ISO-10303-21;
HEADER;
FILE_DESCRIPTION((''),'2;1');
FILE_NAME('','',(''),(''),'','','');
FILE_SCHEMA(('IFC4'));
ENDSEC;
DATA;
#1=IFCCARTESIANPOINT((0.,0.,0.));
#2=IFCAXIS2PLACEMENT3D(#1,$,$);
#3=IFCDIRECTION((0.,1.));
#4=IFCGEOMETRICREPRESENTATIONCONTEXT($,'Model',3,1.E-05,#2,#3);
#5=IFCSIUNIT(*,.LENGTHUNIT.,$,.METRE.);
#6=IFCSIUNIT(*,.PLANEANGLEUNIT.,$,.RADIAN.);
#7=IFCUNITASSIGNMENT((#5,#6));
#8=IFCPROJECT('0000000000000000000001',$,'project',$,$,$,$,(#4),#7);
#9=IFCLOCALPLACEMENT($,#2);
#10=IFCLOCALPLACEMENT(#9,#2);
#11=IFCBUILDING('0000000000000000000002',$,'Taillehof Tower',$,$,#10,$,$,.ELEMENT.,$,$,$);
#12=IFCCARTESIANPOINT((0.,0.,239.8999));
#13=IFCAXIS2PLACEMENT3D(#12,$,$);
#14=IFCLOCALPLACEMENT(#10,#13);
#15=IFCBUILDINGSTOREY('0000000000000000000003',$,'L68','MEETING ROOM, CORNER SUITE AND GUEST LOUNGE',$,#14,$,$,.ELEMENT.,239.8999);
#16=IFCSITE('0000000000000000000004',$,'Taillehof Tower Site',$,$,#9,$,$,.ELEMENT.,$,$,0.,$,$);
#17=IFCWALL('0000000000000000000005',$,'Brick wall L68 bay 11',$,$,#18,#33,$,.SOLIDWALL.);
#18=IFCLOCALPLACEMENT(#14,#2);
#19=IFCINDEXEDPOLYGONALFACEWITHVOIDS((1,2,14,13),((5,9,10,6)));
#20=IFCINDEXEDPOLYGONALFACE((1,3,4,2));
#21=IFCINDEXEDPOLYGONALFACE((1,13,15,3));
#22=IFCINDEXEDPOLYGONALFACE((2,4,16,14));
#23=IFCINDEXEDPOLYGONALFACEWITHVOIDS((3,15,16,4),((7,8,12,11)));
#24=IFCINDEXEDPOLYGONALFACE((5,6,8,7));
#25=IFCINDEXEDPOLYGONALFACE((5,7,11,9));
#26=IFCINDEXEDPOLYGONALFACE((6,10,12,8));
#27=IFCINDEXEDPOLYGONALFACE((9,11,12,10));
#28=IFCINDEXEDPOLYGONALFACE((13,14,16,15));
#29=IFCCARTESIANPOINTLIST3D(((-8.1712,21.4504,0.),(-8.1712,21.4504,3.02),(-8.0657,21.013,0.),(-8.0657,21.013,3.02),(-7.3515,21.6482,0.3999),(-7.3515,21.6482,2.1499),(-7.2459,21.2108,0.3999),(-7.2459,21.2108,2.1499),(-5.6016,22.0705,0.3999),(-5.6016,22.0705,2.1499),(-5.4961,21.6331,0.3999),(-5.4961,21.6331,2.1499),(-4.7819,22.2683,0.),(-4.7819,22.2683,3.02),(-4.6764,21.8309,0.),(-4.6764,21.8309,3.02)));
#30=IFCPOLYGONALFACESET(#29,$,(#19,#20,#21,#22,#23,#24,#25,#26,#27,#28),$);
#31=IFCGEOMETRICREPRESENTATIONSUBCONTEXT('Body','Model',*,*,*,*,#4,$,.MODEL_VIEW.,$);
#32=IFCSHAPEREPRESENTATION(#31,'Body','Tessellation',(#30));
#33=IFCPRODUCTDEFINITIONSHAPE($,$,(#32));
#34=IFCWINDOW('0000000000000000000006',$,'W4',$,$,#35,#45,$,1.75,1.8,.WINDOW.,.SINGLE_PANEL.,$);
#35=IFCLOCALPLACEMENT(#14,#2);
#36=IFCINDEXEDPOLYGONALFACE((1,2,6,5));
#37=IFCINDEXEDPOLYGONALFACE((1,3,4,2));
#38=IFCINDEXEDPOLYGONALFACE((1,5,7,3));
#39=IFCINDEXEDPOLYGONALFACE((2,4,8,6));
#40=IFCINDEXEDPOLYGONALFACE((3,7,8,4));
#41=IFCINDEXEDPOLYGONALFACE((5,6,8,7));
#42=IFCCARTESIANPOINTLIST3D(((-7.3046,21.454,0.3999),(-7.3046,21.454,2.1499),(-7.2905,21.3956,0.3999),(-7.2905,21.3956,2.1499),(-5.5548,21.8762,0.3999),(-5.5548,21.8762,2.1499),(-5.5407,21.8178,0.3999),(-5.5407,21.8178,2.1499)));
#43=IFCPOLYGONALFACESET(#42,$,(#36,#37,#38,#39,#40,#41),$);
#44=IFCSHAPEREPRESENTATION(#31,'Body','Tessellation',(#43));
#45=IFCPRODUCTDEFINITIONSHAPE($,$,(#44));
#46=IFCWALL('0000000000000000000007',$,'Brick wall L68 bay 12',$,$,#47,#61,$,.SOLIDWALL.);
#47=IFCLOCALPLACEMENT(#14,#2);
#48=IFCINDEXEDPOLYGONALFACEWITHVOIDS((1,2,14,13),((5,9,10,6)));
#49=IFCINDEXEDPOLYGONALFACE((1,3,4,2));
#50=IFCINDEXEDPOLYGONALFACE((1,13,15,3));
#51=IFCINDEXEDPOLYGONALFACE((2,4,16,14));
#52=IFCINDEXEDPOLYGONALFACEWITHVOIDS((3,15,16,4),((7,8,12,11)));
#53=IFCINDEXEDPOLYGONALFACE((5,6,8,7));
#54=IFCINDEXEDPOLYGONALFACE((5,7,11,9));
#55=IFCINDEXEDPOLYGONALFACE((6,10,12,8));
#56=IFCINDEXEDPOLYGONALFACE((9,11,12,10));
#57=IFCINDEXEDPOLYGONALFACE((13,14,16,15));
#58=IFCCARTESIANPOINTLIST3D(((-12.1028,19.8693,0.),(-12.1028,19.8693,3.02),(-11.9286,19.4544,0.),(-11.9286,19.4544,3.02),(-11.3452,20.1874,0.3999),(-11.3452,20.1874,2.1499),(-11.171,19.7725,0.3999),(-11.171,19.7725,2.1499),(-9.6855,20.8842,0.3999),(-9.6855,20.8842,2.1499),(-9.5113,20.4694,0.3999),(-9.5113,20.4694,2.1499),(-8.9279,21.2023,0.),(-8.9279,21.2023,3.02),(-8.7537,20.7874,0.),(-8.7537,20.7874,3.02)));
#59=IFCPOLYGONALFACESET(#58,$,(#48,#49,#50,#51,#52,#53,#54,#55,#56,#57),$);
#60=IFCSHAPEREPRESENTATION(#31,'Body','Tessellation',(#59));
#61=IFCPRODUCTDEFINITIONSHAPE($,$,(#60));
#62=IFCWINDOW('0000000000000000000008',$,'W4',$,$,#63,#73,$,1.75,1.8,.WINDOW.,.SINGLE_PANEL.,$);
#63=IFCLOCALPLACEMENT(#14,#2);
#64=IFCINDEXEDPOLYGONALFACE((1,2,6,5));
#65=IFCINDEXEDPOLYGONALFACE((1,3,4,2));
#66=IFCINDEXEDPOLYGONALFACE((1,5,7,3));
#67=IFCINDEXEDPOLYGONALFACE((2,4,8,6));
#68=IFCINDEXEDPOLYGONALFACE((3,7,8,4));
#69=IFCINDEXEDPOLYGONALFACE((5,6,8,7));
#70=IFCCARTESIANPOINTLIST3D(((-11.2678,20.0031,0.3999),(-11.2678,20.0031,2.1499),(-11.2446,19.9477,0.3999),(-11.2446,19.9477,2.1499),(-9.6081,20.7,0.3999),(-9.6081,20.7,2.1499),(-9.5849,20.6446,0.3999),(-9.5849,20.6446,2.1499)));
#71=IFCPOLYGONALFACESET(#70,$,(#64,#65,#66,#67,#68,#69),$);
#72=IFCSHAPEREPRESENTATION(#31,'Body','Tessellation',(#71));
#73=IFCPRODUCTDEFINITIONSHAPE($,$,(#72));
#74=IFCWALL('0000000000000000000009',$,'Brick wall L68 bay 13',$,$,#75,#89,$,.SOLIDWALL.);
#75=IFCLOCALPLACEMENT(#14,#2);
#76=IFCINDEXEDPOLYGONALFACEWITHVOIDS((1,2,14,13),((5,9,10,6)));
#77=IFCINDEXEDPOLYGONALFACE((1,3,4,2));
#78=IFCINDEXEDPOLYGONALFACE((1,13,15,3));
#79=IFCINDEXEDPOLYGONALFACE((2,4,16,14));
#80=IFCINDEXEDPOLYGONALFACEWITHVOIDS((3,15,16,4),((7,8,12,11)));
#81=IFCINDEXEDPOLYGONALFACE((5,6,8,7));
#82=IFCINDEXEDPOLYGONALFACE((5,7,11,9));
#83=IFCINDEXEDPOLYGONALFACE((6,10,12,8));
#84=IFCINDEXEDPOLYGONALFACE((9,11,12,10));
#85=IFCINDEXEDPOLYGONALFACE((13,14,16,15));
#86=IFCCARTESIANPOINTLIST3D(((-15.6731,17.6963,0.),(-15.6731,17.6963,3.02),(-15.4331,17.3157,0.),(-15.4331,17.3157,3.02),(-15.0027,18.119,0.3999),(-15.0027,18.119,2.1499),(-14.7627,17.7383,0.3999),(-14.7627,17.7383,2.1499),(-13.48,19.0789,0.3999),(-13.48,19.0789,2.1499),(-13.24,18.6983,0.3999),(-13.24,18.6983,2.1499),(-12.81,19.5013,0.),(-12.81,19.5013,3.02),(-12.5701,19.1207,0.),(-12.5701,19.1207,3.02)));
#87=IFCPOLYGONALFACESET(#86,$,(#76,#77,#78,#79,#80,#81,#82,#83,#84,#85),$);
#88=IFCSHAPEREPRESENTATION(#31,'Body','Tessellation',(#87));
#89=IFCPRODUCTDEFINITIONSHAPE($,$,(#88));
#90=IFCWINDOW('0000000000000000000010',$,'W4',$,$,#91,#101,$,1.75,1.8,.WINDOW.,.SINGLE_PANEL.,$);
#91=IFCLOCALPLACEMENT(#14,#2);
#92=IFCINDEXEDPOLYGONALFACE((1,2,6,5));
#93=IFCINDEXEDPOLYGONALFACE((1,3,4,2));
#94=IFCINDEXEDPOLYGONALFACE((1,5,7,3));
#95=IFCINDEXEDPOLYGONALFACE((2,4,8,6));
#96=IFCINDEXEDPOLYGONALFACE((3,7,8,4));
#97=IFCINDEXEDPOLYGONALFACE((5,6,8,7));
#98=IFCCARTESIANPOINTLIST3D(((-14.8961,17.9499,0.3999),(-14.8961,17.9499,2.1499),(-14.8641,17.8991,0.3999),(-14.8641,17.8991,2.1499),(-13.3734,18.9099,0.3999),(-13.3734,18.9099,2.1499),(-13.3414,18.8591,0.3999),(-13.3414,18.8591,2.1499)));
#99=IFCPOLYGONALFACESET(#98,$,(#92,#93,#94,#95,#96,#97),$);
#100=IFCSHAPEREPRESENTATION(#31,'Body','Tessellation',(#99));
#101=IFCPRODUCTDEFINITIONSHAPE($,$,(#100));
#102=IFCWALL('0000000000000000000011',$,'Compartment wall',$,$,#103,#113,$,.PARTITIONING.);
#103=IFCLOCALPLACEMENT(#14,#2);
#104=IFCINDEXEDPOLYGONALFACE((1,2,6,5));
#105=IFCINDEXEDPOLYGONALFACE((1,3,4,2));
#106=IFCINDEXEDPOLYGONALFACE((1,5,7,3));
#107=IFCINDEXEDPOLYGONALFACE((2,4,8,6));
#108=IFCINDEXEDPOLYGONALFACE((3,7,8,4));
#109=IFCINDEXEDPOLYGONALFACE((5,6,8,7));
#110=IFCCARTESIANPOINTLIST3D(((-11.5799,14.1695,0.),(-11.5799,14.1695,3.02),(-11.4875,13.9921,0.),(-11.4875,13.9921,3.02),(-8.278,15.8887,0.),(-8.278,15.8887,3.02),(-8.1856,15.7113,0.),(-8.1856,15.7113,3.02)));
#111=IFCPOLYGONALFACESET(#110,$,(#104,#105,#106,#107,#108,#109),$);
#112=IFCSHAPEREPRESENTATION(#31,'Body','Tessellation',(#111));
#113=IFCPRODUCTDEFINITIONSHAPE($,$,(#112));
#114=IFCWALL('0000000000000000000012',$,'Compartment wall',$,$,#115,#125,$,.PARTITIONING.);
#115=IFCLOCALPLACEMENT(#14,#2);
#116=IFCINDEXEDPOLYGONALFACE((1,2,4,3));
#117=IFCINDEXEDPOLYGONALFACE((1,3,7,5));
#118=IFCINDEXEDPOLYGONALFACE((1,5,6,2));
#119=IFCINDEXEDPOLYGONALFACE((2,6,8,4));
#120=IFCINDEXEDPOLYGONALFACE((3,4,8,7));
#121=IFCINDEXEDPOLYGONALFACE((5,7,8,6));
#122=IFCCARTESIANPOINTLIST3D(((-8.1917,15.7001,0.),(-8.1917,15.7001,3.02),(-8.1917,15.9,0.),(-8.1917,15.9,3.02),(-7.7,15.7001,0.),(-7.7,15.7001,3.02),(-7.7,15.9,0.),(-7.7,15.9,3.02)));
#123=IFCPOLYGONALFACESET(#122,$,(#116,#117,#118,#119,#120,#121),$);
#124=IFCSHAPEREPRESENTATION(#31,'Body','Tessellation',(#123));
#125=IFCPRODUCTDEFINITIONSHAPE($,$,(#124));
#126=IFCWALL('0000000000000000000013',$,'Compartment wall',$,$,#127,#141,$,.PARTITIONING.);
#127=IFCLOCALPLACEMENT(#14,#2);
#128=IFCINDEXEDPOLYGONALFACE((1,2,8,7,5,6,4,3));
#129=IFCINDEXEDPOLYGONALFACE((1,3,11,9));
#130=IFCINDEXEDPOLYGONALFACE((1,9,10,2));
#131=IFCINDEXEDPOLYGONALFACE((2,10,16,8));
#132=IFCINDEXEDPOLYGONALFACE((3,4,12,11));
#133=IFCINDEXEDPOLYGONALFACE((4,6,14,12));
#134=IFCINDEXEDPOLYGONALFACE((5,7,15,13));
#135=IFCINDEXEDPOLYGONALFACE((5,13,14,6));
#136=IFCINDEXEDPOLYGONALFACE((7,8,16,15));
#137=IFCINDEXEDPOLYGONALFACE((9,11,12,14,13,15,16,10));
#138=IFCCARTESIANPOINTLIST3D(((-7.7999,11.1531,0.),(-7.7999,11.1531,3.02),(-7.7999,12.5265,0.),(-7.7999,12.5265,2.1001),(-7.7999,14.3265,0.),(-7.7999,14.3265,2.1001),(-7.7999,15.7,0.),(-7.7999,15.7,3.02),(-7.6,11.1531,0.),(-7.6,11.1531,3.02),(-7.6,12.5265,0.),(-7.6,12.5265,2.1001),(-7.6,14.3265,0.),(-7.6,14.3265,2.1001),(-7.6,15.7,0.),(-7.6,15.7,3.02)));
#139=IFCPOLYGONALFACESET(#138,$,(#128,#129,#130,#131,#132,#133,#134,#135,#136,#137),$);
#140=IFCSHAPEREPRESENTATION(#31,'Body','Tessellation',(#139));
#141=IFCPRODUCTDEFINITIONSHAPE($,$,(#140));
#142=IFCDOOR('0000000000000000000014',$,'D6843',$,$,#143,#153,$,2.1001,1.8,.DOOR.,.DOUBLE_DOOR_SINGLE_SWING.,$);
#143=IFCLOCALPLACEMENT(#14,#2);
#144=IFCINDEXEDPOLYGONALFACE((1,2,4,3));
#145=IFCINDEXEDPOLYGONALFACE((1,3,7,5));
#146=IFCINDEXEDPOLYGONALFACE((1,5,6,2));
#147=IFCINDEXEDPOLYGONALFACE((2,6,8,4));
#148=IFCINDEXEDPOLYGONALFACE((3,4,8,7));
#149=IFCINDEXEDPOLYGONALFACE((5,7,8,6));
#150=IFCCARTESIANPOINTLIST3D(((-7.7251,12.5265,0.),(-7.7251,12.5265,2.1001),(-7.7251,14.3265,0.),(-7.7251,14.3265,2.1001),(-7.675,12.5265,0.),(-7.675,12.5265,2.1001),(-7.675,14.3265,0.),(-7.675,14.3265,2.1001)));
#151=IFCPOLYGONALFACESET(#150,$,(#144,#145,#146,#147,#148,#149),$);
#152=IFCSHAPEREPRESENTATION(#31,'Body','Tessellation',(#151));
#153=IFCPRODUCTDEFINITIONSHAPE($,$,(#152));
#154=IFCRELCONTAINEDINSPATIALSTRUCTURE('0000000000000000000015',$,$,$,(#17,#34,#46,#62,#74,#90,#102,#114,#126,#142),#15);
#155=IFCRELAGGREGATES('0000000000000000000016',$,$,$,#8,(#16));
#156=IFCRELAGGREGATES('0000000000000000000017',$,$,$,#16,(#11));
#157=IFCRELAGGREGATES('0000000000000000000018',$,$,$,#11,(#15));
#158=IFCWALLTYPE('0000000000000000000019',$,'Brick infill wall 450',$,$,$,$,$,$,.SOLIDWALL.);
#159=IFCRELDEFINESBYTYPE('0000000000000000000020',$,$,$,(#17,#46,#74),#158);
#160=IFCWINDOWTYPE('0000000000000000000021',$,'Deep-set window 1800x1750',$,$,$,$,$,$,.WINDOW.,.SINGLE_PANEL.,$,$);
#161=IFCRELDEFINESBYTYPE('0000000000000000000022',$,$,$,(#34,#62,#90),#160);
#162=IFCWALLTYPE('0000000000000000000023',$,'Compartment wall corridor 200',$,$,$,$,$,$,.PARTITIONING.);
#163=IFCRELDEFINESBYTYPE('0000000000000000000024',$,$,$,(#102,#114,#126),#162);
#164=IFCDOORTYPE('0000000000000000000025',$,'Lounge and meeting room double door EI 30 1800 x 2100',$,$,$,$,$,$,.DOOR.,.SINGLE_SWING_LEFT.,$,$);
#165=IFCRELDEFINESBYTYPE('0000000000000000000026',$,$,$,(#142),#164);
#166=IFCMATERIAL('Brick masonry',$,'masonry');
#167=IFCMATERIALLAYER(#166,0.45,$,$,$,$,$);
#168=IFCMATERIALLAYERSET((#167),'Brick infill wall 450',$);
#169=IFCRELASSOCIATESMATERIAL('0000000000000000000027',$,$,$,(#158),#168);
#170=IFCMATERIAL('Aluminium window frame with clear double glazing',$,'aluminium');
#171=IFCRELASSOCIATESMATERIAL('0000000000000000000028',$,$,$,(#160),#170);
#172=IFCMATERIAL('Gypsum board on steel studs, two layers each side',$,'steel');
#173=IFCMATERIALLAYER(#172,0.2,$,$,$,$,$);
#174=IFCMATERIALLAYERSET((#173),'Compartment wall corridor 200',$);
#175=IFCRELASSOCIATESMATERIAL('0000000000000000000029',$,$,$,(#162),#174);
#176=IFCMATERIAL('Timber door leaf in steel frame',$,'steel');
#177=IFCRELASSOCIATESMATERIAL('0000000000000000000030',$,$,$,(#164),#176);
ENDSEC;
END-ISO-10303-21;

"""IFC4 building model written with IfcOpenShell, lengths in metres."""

from ifc_helpers import new_model, si_unit, direction, frame, frame_2d, origin, place, context, subcontext, project, spatial, rectangle, extrude, material, layer, layer_set, type_object, element, fill, save


model = new_model("IFC4")

# Units and contexts
model_context = context("Model", 3, precision=1e-05, world=origin(), true_north=direction((0.0, 1.0)))
body_context = subcontext(model_context, "Body", "Model", "MODEL_VIEW")
ifc_project = project(units=[si_unit("LENGTHUNIT", "METRE"), si_unit("PLANEANGLEUNIT", "RADIAN")], contexts=[model_context])

# Site, building, storey
site_placement = place(None, origin())
site = spatial("IfcSite", under=ifc_project, at=site_placement, Name="Taillehof Tower Site", CompositionType="ELEMENT", RefElevation=0.0)
building_placement = place(site_placement, origin())
building = spatial("IfcBuilding", under=site, at=building_placement, Name="Taillehof Tower", CompositionType="ELEMENT")
storey_placement = place(building_placement, frame((0.0, 0.0, 239.8999)))
storey = spatial("IfcBuildingStorey", under=building, at=storey_placement, Name="L68", Description="MEETING ROOM, CORNER SUITE AND GUEST LOUNGE", CompositionType="ELEMENT", Elevation=239.8999)

# Walls, openings, windows
ifc_material_1 = material(Name="Brick masonry", Category="masonry")
ifc_layer_1 = layer(ifc_material_1, 0.45)
ifc_layer_set_1 = layer_set([ifc_layer_1], Name="Brick infill wall 450")
wall_type_1 = type_object("IfcWallType", Name="Brick infill wall 450", PredefinedType="SOLIDWALL", material=ifc_layer_set_1)
ifc_material_2 = material(Name="Aluminium window frame with clear double glazing", Category="aluminium")
window_type = type_object("IfcWindowType", Name="Deep-set window 1800x1750", PartitioningType="SINGLE_PANEL", PredefinedType="WINDOW", material=ifc_material_2)
wall_1_placement = place(storey_placement, frame((-4.7292, 22.0496, 0.0), z_axis=(0.0, 0.0, 1.0), x_axis=(-0.972099, -0.23457, 0.0)))
wall_1 = element("IfcWall", 1, at=wall_1_placement, inside=storey, type_object=wall_type_1, Name="Brick wall L68 bay 11", PredefinedType="SOLIDWALL", context=body_context, shape_type="SweptSolid", body=[
    extrude(rectangle(XDim=3.4866, YDim=0.45, at=frame_2d((1.7432, 0.0))), origin(), (0.0, 0.0, 1.0), 3.02),
])
opening_1_placement = place(wall_1_placement, frame((0.8433, 0.0, 0.3999)))
opening_1 = element("IfcOpeningElement", 2, at=opening_1_placement, cuts=wall_1, PredefinedType="OPENING", context=body_context, shape_type="SweptSolid", body=[
    extrude(rectangle(XDim=1.8, YDim=1.75, at=frame_2d((0.8999, 0.875))), frame((0.0, 0.2349, 0.0), z_axis=(0.0, -1.0, 0.0), x_axis=(1.0, 0.0, 0.0)), (0.0, 0.0, 1.0), 0.47),
])
window_1_placement = place(opening_1_placement, origin())
window_1 = element("IfcWindow", 3, at=window_1_placement, inside=storey, type_object=window_type, Name="W4", OverallHeight=1.75, OverallWidth=1.8, PartitioningType="SINGLE_PANEL", PredefinedType="WINDOW", context=body_context, shape_type="SweptSolid", body=[
    extrude(rectangle(XDim=1.8, YDim=1.75, at=frame_2d((0.8999, 0.875))), frame((0.0, 0.0349, 0.0), z_axis=(0.0, -1.0, 0.0), x_axis=(1.0, 0.0, 0.0)), (0.0, 0.0, 1.0), 0.0601),
])
fill(opening_1, window_1)
wall_2_placement = place(storey_placement, frame((-8.8408, 20.9949, 0.0), z_axis=(0.0, 0.0, 1.0), x_axis=(-0.922025, -0.387131, 0.0)))
wall_2 = element("IfcWall", 4, at=wall_2_placement, inside=storey, type_object=wall_type_1, Name="Brick wall L68 bay 12", PredefinedType="SOLIDWALL", context=body_context, shape_type="SweptSolid", body=[
    extrude(rectangle(XDim=3.4434, YDim=0.45, at=frame_2d((1.7217, 0.0))), origin(), (0.0, 0.0, 1.0), 3.02),
])
opening_2_placement = place(wall_2_placement, frame((0.8218, 0.0, 0.3999)))
opening_2 = element("IfcOpeningElement", 5, at=opening_2_placement, cuts=wall_2, PredefinedType="OPENING", context=body_context, shape_type="SweptSolid", body=[
    extrude(rectangle(XDim=1.8, YDim=1.75, at=frame_2d((0.8999, 0.875))), frame((0.0, 0.2349, 0.0), z_axis=(0.0, -1.0, 0.0), x_axis=(1.0, 0.0, 0.0)), (0.0, 0.0, 1.0), 0.47),
])
window_2_placement = place(opening_2_placement, origin())
window_2 = element("IfcWindow", 6, at=window_2_placement, inside=storey, type_object=window_type, Name="W4", OverallHeight=1.75, OverallWidth=1.8, PartitioningType="SINGLE_PANEL", PredefinedType="WINDOW", context=body_context, shape_type="SweptSolid", body=[
    extrude(rectangle(XDim=1.8, YDim=1.75, at=frame_2d((0.8999, 0.875))), frame((0.0, 0.0349, 0.0), z_axis=(0.0, -1.0, 0.0), x_axis=(1.0, 0.0, 0.0)), (0.0, 0.0, 1.0), 0.0601),
])
fill(opening_2, window_2)
wall_3_placement = place(storey_placement, frame((-12.6899, 19.311, 0.0), z_axis=(0.0, 0.0, 1.0), x_axis=(-0.845929, -0.533295, 0.0)))
wall_3 = element("IfcWall", 7, at=wall_3_placement, inside=storey, type_object=wall_type_1, Name="Brick wall L68 bay 13", PredefinedType="SOLIDWALL", context=body_context, shape_type="SweptSolid", body=[
    extrude(rectangle(XDim=3.3845, YDim=0.45, at=frame_2d((1.6924, 0.0))), origin(), (0.0, 0.0, 1.0), 3.02),
])
opening_3_placement = place(wall_3_placement, frame((0.7922, 0.0, 0.3999)))
opening_3 = element("IfcOpeningElement", 8, at=opening_3_placement, cuts=wall_3, PredefinedType="OPENING", context=body_context, shape_type="SweptSolid", body=[
    extrude(rectangle(XDim=1.8, YDim=1.75, at=frame_2d((0.8999, 0.875))), frame((0.0, 0.2349, 0.0), z_axis=(0.0, -1.0, 0.0), x_axis=(1.0, 0.0, 0.0)), (0.0, 0.0, 1.0), 0.47),
])
window_3_placement = place(opening_3_placement, origin())
window_3 = element("IfcWindow", 9, at=window_3_placement, inside=storey, type_object=window_type, Name="W4", OverallHeight=1.75, OverallWidth=1.8, PartitioningType="SINGLE_PANEL", PredefinedType="WINDOW", context=body_context, shape_type="SweptSolid", body=[
    extrude(rectangle(XDim=1.8, YDim=1.75, at=frame_2d((0.8999, 0.875))), frame((0.0, 0.0349, 0.0), z_axis=(0.0, -1.0, 0.0), x_axis=(1.0, 0.0, 0.0)), (0.0, 0.0, 1.0), 0.0601),
])
fill(opening_3, window_3)

# Walls
ifc_material_3 = material(Name="Gypsum board on steel studs, two layers each side", Category="steel")
ifc_layer_2 = layer(ifc_material_3, 0.2)
ifc_layer_set_2 = layer_set([ifc_layer_2], Name="Compartment wall corridor 200")
wall_type_2 = type_object("IfcWallType", Name="Compartment wall corridor 200", PredefinedType="PARTITIONING", material=ifc_layer_set_2)
wall_4_placement = place(storey_placement, frame((-11.5337, 14.0808, 0.0), z_axis=(0.0, 0.0, 1.0), x_axis=(0.886975, 0.461817, 0.0)))
element("IfcWall", 10, at=wall_4_placement, inside=storey, type_object=wall_type_2, Name="Compartment wall", PredefinedType="PARTITIONING", context=body_context, shape_type="SweptSolid", body=[
    extrude(rectangle(XDim=3.7227, YDim=0.2, at=frame_2d((1.8613, 0.0))), origin(), (0.0, 0.0, 1.0), 3.02),
])
wall_5_placement = place(storey_placement, frame((-8.1917, 15.8, 0.0), z_axis=(0.0, 0.0, 1.0), x_axis=(1.0, 0.0, 0.0)))
element("IfcWall", 11, at=wall_5_placement, inside=storey, type_object=wall_type_2, Name="Compartment wall", PredefinedType="PARTITIONING", context=body_context, shape_type="SweptSolid", body=[
    extrude(rectangle(XDim=0.4917, YDim=0.2, at=frame_2d((0.2458, 0.0))), origin(), (0.0, 0.0, 1.0), 3.02),
])

# Wall, opening, door
wall_6_placement = place(storey_placement, frame((-7.7, 15.7, 0.0), z_axis=(0.0, 0.0, 1.0), x_axis=(0.0, -1.0, 0.0)))
wall_6 = element("IfcWall", 12, at=wall_6_placement, inside=storey, type_object=wall_type_2, Name="Compartment wall", PredefinedType="PARTITIONING", context=body_context, shape_type="SweptSolid", body=[
    extrude(rectangle(XDim=4.5469, YDim=0.2, at=frame_2d((2.2734, 0.0))), origin(), (0.0, 0.0, 1.0), 3.02),
])
opening_4_placement = place(wall_6_placement, frame((1.3735, 0.0, 0.0)))
opening_4 = element("IfcOpeningElement", 13, at=opening_4_placement, cuts=wall_6, PredefinedType="OPENING", context=body_context, shape_type="SweptSolid", body=[
    extrude(rectangle(XDim=1.8, YDim=2.1001, at=frame_2d((0.8999, 1.05))), frame((0.0, 0.1099, 0.0), z_axis=(0.0, -1.0, 0.0), x_axis=(1.0, 0.0, 0.0)), (0.0, 0.0, 1.0), 0.22),
])
ifc_material_4 = material(Name="Timber door leaf in steel frame", Category="steel")
door_type_1 = type_object("IfcDoorType", Name="Lounge and meeting room double door EI 30 1800 x 2100", OperationType="SINGLE_SWING_LEFT", PredefinedType="DOOR", material=ifc_material_4)
door_1_placement = place(opening_4_placement, origin())
door_1 = element("IfcDoor", 14, at=door_1_placement, inside=storey, type_object=door_type_1, Name="D6843", OperationType="DOUBLE_DOOR_SINGLE_SWING", OverallHeight=2.1001, OverallWidth=1.8, PredefinedType="DOOR", context=body_context, shape_type="SweptSolid", body=[
    extrude(rectangle(XDim=1.8, YDim=2.1001, at=frame_2d((0.8999, 1.05))), frame((0.0, 0.0249, 0.0), z_axis=(0.0, -1.0, 0.0), x_axis=(1.0, 0.0, 0.0)), (0.0, 0.0, 1.0), 0.05),
])
fill(opening_4, door_1)

save(model, "model.ifc")
